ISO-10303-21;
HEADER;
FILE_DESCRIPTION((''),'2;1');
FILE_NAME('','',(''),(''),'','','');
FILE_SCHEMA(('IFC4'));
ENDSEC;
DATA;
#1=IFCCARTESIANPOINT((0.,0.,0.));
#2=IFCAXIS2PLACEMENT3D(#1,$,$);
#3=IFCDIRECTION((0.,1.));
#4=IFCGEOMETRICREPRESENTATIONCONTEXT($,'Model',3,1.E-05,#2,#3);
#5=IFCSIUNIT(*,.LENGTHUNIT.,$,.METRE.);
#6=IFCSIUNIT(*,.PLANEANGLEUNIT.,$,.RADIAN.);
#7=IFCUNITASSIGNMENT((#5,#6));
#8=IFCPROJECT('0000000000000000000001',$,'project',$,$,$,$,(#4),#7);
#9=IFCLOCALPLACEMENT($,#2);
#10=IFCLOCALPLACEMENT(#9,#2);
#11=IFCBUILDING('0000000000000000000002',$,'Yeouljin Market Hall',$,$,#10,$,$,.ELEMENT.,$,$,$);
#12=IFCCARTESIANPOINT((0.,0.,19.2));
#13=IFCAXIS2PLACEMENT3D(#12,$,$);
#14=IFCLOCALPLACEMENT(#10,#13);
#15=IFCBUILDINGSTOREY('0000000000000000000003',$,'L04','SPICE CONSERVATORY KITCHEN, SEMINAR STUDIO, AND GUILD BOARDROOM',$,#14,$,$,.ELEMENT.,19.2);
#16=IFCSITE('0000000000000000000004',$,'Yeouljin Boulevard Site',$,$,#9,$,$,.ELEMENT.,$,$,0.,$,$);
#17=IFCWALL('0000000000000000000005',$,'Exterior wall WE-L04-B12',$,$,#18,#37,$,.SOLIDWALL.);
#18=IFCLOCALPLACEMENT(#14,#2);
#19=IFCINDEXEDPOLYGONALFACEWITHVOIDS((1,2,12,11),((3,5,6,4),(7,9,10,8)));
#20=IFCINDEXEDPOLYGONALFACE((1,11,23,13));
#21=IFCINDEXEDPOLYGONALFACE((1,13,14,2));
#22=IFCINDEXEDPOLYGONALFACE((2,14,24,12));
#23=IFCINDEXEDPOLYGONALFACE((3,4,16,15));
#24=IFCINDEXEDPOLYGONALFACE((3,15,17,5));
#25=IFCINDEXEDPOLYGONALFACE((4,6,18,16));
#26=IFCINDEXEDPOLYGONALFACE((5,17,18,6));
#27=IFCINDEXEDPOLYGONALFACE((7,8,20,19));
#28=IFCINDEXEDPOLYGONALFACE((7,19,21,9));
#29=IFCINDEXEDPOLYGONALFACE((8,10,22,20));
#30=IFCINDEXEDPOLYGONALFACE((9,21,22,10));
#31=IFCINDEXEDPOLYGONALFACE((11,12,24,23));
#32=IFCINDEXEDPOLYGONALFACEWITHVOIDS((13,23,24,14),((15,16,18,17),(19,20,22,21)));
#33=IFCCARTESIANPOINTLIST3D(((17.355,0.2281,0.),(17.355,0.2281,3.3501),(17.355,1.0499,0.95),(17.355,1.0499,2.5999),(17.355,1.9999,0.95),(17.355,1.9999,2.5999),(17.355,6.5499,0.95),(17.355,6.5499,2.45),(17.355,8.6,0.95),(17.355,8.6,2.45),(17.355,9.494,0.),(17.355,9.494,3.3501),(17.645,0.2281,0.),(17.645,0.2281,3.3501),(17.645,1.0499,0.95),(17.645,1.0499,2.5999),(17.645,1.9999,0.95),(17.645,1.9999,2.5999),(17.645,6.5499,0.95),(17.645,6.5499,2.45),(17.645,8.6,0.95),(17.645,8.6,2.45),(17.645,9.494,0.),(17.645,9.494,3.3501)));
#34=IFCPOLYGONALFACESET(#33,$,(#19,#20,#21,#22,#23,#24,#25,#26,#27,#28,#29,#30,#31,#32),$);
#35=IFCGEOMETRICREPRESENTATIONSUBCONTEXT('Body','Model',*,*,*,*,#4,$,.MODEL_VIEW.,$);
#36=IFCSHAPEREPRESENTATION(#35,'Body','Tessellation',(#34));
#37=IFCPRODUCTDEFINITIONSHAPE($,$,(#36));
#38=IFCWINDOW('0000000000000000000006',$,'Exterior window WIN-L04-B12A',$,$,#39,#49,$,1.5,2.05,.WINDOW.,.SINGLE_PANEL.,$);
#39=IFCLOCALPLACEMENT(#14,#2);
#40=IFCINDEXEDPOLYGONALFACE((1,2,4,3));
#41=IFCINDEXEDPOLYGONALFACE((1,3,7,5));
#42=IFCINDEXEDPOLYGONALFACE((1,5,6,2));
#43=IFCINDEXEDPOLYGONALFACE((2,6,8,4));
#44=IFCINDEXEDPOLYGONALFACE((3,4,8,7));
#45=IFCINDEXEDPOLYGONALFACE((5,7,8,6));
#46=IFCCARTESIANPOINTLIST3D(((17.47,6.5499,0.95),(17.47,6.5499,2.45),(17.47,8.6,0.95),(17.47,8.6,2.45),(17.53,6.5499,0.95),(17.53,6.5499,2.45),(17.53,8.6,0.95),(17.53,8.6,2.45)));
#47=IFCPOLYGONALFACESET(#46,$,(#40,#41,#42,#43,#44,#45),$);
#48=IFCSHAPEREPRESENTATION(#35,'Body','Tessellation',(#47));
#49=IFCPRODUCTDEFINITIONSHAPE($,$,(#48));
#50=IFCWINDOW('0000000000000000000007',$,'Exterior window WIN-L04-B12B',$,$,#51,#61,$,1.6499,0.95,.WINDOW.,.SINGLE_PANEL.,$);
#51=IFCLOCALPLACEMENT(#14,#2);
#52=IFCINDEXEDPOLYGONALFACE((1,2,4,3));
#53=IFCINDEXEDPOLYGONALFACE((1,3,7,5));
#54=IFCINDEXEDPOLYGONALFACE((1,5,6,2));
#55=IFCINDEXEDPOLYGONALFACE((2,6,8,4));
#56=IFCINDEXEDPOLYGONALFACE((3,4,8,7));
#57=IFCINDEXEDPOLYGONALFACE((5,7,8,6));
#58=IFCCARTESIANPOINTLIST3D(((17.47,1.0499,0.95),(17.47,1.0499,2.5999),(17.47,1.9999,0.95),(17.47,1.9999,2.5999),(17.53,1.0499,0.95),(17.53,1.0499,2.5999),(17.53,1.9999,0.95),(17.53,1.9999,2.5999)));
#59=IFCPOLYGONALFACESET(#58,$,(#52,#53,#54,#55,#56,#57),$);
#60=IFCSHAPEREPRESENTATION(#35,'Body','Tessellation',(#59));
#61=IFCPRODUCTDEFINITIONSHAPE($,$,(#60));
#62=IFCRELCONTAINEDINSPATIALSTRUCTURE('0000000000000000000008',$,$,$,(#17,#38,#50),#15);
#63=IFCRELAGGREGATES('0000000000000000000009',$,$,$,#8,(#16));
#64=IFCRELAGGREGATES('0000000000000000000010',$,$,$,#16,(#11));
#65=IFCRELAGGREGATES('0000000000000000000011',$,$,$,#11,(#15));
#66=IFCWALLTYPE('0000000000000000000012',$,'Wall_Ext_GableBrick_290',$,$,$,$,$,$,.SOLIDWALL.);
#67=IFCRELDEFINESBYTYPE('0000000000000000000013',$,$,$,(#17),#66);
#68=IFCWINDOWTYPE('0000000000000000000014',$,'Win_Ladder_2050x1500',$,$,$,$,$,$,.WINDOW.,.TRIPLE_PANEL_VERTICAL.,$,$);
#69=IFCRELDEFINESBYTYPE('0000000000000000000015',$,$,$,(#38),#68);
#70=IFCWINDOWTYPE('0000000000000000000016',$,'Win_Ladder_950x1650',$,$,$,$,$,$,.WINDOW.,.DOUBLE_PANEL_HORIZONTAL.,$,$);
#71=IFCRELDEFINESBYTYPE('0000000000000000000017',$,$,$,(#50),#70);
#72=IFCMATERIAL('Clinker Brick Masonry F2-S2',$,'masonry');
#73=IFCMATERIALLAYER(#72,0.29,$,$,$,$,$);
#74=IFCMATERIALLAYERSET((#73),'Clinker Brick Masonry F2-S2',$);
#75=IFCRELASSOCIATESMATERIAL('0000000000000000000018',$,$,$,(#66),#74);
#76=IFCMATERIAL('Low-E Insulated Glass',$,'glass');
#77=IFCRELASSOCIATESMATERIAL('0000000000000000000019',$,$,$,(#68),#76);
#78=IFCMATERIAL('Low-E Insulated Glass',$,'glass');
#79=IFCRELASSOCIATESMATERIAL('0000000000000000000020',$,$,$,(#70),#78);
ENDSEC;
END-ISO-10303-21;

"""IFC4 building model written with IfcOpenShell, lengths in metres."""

from ifc_helpers import new_model, si_unit, direction, frame, frame_2d, origin, place, context, subcontext, project, spatial, rectangle, extrude, material, layer, layer_set, type_object, element, fill, save


model = new_model("IFC4")

# Units and contexts
model_context = context("Model", 3, precision=1e-05, world=origin(), true_north=direction((0.0, 1.0)))
body_context = subcontext(model_context, "Body", "Model", "MODEL_VIEW")
ifc_project = project(units=[si_unit("LENGTHUNIT", "METRE"), si_unit("PLANEANGLEUNIT", "RADIAN")], contexts=[model_context])

# Site, building, storey
site_placement = place(None, origin())
site = spatial("IfcSite", under=ifc_project, at=site_placement, Name="Yeouljin Boulevard Site", CompositionType="ELEMENT", RefElevation=0.0)
building_placement = place(site_placement, origin())
building = spatial("IfcBuilding", under=site, at=building_placement, Name="Yeouljin Market Hall", CompositionType="ELEMENT")
storey_placement = place(building_placement, frame((0.0, 0.0, 19.2)))
storey = spatial("IfcBuildingStorey", under=building, at=storey_placement, Name="L04", Description="SPICE CONSERVATORY KITCHEN, SEMINAR STUDIO, AND GUILD BOARDROOM", CompositionType="ELEMENT", Elevation=19.2)

# Wall, openings, windows
ifc_material_1 = material(Name="Clinker Brick Masonry F2-S2", Category="masonry")
ifc_layer_1 = layer(ifc_material_1, 0.29)
ifc_layer_set_1 = layer_set([ifc_layer_1], Name="Clinker Brick Masonry F2-S2")
wall_type_1 = type_object("IfcWallType", Name="Wall_Ext_GableBrick_290", PredefinedType="SOLIDWALL", material=ifc_layer_set_1)
wall_1_placement = place(storey_placement, frame((17.5, 9.4939, 0.0), z_axis=(0.0, 0.0, 1.0), x_axis=(0.0, -1.0, 0.0)))
wall_1 = element("IfcWall", 1, at=wall_1_placement, inside=storey, type_object=wall_type_1, Name="Exterior wall WE-L04-B12", PredefinedType="SOLIDWALL", context=body_context, shape_type="SweptSolid", body=[
    extrude(rectangle(XDim=9.2659, YDim=0.29, at=frame_2d((4.6328, 0.0))), origin(), (0.0, 0.0, 1.0), 3.3501),
])
opening_1_placement = place(wall_1_placement, frame((0.894, 0.0, 0.95)))
opening_1 = element("IfcOpeningElement", 2, at=opening_1_placement, cuts=wall_1, PredefinedType="OPENING", context=body_context, shape_type="SweptSolid", body=[
    extrude(rectangle(XDim=2.05, YDim=1.5, at=frame_2d((1.0249, 0.75))), frame((0.0, 0.155, 0.0), z_axis=(0.0, -1.0, 0.0), x_axis=(1.0, 0.0, 0.0)), (0.0, 0.0, 1.0), 0.3101),
])
opening_2_placement = place(wall_1_placement, frame((7.4939, 0.0, 0.95)))
opening_2 = element("IfcOpeningElement", 3, at=opening_2_placement, cuts=wall_1, PredefinedType="OPENING", context=body_context, shape_type="SweptSolid", body=[
    extrude(rectangle(XDim=0.95, YDim=1.6499, at=frame_2d((0.4751, 0.825))), frame((0.0, 0.155, 0.0), z_axis=(0.0, -1.0, 0.0), x_axis=(1.0, 0.0, 0.0)), (0.0, 0.0, 1.0), 0.3101),
])
ifc_material_2 = material(Name="Low-E Insulated Glass", Category="glass")
window_type_1 = type_object("IfcWindowType", Name="Win_Ladder_2050x1500", PartitioningType="TRIPLE_PANEL_VERTICAL", PredefinedType="WINDOW", material=ifc_material_2)
window_1_placement = place(opening_1_placement, origin())
window_1 = element("IfcWindow", 4, at=window_1_placement, inside=storey, type_object=window_type_1, Name="Exterior window WIN-L04-B12A", OverallHeight=1.5, OverallWidth=2.05, PartitioningType="SINGLE_PANEL", PredefinedType="WINDOW", context=body_context, shape_type="SweptSolid", body=[
    extrude(rectangle(XDim=2.05, YDim=1.5, at=frame_2d((1.0249, 0.75))), frame((0.0, 0.03, 0.0), z_axis=(0.0, -1.0, 0.0), x_axis=(1.0, 0.0, 0.0)), (0.0, 0.0, 1.0), 0.0601),
])
fill(opening_1, window_1)
ifc_material_3 = material(Name="Low-E Insulated Glass", Category="glass")
window_type_2 = type_object("IfcWindowType", Name="Win_Ladder_950x1650", PartitioningType="DOUBLE_PANEL_HORIZONTAL", PredefinedType="WINDOW", material=ifc_material_3)
window_2_placement = place(opening_2_placement, origin())
window_2 = element("IfcWindow", 5, at=window_2_placement, inside=storey, type_object=window_type_2, Name="Exterior window WIN-L04-B12B", OverallHeight=1.6499, OverallWidth=0.95, PartitioningType="SINGLE_PANEL", PredefinedType="WINDOW", context=body_context, shape_type="SweptSolid", body=[
    extrude(rectangle(XDim=0.95, YDim=1.6499, at=frame_2d((0.4751, 0.825))), frame((0.0, 0.03, 0.0), z_axis=(0.0, -1.0, 0.0), x_axis=(1.0, 0.0, 0.0)), (0.0, 0.0, 1.0), 0.0601),
])
fill(opening_2, window_2)

save(model, "model.ifc")
